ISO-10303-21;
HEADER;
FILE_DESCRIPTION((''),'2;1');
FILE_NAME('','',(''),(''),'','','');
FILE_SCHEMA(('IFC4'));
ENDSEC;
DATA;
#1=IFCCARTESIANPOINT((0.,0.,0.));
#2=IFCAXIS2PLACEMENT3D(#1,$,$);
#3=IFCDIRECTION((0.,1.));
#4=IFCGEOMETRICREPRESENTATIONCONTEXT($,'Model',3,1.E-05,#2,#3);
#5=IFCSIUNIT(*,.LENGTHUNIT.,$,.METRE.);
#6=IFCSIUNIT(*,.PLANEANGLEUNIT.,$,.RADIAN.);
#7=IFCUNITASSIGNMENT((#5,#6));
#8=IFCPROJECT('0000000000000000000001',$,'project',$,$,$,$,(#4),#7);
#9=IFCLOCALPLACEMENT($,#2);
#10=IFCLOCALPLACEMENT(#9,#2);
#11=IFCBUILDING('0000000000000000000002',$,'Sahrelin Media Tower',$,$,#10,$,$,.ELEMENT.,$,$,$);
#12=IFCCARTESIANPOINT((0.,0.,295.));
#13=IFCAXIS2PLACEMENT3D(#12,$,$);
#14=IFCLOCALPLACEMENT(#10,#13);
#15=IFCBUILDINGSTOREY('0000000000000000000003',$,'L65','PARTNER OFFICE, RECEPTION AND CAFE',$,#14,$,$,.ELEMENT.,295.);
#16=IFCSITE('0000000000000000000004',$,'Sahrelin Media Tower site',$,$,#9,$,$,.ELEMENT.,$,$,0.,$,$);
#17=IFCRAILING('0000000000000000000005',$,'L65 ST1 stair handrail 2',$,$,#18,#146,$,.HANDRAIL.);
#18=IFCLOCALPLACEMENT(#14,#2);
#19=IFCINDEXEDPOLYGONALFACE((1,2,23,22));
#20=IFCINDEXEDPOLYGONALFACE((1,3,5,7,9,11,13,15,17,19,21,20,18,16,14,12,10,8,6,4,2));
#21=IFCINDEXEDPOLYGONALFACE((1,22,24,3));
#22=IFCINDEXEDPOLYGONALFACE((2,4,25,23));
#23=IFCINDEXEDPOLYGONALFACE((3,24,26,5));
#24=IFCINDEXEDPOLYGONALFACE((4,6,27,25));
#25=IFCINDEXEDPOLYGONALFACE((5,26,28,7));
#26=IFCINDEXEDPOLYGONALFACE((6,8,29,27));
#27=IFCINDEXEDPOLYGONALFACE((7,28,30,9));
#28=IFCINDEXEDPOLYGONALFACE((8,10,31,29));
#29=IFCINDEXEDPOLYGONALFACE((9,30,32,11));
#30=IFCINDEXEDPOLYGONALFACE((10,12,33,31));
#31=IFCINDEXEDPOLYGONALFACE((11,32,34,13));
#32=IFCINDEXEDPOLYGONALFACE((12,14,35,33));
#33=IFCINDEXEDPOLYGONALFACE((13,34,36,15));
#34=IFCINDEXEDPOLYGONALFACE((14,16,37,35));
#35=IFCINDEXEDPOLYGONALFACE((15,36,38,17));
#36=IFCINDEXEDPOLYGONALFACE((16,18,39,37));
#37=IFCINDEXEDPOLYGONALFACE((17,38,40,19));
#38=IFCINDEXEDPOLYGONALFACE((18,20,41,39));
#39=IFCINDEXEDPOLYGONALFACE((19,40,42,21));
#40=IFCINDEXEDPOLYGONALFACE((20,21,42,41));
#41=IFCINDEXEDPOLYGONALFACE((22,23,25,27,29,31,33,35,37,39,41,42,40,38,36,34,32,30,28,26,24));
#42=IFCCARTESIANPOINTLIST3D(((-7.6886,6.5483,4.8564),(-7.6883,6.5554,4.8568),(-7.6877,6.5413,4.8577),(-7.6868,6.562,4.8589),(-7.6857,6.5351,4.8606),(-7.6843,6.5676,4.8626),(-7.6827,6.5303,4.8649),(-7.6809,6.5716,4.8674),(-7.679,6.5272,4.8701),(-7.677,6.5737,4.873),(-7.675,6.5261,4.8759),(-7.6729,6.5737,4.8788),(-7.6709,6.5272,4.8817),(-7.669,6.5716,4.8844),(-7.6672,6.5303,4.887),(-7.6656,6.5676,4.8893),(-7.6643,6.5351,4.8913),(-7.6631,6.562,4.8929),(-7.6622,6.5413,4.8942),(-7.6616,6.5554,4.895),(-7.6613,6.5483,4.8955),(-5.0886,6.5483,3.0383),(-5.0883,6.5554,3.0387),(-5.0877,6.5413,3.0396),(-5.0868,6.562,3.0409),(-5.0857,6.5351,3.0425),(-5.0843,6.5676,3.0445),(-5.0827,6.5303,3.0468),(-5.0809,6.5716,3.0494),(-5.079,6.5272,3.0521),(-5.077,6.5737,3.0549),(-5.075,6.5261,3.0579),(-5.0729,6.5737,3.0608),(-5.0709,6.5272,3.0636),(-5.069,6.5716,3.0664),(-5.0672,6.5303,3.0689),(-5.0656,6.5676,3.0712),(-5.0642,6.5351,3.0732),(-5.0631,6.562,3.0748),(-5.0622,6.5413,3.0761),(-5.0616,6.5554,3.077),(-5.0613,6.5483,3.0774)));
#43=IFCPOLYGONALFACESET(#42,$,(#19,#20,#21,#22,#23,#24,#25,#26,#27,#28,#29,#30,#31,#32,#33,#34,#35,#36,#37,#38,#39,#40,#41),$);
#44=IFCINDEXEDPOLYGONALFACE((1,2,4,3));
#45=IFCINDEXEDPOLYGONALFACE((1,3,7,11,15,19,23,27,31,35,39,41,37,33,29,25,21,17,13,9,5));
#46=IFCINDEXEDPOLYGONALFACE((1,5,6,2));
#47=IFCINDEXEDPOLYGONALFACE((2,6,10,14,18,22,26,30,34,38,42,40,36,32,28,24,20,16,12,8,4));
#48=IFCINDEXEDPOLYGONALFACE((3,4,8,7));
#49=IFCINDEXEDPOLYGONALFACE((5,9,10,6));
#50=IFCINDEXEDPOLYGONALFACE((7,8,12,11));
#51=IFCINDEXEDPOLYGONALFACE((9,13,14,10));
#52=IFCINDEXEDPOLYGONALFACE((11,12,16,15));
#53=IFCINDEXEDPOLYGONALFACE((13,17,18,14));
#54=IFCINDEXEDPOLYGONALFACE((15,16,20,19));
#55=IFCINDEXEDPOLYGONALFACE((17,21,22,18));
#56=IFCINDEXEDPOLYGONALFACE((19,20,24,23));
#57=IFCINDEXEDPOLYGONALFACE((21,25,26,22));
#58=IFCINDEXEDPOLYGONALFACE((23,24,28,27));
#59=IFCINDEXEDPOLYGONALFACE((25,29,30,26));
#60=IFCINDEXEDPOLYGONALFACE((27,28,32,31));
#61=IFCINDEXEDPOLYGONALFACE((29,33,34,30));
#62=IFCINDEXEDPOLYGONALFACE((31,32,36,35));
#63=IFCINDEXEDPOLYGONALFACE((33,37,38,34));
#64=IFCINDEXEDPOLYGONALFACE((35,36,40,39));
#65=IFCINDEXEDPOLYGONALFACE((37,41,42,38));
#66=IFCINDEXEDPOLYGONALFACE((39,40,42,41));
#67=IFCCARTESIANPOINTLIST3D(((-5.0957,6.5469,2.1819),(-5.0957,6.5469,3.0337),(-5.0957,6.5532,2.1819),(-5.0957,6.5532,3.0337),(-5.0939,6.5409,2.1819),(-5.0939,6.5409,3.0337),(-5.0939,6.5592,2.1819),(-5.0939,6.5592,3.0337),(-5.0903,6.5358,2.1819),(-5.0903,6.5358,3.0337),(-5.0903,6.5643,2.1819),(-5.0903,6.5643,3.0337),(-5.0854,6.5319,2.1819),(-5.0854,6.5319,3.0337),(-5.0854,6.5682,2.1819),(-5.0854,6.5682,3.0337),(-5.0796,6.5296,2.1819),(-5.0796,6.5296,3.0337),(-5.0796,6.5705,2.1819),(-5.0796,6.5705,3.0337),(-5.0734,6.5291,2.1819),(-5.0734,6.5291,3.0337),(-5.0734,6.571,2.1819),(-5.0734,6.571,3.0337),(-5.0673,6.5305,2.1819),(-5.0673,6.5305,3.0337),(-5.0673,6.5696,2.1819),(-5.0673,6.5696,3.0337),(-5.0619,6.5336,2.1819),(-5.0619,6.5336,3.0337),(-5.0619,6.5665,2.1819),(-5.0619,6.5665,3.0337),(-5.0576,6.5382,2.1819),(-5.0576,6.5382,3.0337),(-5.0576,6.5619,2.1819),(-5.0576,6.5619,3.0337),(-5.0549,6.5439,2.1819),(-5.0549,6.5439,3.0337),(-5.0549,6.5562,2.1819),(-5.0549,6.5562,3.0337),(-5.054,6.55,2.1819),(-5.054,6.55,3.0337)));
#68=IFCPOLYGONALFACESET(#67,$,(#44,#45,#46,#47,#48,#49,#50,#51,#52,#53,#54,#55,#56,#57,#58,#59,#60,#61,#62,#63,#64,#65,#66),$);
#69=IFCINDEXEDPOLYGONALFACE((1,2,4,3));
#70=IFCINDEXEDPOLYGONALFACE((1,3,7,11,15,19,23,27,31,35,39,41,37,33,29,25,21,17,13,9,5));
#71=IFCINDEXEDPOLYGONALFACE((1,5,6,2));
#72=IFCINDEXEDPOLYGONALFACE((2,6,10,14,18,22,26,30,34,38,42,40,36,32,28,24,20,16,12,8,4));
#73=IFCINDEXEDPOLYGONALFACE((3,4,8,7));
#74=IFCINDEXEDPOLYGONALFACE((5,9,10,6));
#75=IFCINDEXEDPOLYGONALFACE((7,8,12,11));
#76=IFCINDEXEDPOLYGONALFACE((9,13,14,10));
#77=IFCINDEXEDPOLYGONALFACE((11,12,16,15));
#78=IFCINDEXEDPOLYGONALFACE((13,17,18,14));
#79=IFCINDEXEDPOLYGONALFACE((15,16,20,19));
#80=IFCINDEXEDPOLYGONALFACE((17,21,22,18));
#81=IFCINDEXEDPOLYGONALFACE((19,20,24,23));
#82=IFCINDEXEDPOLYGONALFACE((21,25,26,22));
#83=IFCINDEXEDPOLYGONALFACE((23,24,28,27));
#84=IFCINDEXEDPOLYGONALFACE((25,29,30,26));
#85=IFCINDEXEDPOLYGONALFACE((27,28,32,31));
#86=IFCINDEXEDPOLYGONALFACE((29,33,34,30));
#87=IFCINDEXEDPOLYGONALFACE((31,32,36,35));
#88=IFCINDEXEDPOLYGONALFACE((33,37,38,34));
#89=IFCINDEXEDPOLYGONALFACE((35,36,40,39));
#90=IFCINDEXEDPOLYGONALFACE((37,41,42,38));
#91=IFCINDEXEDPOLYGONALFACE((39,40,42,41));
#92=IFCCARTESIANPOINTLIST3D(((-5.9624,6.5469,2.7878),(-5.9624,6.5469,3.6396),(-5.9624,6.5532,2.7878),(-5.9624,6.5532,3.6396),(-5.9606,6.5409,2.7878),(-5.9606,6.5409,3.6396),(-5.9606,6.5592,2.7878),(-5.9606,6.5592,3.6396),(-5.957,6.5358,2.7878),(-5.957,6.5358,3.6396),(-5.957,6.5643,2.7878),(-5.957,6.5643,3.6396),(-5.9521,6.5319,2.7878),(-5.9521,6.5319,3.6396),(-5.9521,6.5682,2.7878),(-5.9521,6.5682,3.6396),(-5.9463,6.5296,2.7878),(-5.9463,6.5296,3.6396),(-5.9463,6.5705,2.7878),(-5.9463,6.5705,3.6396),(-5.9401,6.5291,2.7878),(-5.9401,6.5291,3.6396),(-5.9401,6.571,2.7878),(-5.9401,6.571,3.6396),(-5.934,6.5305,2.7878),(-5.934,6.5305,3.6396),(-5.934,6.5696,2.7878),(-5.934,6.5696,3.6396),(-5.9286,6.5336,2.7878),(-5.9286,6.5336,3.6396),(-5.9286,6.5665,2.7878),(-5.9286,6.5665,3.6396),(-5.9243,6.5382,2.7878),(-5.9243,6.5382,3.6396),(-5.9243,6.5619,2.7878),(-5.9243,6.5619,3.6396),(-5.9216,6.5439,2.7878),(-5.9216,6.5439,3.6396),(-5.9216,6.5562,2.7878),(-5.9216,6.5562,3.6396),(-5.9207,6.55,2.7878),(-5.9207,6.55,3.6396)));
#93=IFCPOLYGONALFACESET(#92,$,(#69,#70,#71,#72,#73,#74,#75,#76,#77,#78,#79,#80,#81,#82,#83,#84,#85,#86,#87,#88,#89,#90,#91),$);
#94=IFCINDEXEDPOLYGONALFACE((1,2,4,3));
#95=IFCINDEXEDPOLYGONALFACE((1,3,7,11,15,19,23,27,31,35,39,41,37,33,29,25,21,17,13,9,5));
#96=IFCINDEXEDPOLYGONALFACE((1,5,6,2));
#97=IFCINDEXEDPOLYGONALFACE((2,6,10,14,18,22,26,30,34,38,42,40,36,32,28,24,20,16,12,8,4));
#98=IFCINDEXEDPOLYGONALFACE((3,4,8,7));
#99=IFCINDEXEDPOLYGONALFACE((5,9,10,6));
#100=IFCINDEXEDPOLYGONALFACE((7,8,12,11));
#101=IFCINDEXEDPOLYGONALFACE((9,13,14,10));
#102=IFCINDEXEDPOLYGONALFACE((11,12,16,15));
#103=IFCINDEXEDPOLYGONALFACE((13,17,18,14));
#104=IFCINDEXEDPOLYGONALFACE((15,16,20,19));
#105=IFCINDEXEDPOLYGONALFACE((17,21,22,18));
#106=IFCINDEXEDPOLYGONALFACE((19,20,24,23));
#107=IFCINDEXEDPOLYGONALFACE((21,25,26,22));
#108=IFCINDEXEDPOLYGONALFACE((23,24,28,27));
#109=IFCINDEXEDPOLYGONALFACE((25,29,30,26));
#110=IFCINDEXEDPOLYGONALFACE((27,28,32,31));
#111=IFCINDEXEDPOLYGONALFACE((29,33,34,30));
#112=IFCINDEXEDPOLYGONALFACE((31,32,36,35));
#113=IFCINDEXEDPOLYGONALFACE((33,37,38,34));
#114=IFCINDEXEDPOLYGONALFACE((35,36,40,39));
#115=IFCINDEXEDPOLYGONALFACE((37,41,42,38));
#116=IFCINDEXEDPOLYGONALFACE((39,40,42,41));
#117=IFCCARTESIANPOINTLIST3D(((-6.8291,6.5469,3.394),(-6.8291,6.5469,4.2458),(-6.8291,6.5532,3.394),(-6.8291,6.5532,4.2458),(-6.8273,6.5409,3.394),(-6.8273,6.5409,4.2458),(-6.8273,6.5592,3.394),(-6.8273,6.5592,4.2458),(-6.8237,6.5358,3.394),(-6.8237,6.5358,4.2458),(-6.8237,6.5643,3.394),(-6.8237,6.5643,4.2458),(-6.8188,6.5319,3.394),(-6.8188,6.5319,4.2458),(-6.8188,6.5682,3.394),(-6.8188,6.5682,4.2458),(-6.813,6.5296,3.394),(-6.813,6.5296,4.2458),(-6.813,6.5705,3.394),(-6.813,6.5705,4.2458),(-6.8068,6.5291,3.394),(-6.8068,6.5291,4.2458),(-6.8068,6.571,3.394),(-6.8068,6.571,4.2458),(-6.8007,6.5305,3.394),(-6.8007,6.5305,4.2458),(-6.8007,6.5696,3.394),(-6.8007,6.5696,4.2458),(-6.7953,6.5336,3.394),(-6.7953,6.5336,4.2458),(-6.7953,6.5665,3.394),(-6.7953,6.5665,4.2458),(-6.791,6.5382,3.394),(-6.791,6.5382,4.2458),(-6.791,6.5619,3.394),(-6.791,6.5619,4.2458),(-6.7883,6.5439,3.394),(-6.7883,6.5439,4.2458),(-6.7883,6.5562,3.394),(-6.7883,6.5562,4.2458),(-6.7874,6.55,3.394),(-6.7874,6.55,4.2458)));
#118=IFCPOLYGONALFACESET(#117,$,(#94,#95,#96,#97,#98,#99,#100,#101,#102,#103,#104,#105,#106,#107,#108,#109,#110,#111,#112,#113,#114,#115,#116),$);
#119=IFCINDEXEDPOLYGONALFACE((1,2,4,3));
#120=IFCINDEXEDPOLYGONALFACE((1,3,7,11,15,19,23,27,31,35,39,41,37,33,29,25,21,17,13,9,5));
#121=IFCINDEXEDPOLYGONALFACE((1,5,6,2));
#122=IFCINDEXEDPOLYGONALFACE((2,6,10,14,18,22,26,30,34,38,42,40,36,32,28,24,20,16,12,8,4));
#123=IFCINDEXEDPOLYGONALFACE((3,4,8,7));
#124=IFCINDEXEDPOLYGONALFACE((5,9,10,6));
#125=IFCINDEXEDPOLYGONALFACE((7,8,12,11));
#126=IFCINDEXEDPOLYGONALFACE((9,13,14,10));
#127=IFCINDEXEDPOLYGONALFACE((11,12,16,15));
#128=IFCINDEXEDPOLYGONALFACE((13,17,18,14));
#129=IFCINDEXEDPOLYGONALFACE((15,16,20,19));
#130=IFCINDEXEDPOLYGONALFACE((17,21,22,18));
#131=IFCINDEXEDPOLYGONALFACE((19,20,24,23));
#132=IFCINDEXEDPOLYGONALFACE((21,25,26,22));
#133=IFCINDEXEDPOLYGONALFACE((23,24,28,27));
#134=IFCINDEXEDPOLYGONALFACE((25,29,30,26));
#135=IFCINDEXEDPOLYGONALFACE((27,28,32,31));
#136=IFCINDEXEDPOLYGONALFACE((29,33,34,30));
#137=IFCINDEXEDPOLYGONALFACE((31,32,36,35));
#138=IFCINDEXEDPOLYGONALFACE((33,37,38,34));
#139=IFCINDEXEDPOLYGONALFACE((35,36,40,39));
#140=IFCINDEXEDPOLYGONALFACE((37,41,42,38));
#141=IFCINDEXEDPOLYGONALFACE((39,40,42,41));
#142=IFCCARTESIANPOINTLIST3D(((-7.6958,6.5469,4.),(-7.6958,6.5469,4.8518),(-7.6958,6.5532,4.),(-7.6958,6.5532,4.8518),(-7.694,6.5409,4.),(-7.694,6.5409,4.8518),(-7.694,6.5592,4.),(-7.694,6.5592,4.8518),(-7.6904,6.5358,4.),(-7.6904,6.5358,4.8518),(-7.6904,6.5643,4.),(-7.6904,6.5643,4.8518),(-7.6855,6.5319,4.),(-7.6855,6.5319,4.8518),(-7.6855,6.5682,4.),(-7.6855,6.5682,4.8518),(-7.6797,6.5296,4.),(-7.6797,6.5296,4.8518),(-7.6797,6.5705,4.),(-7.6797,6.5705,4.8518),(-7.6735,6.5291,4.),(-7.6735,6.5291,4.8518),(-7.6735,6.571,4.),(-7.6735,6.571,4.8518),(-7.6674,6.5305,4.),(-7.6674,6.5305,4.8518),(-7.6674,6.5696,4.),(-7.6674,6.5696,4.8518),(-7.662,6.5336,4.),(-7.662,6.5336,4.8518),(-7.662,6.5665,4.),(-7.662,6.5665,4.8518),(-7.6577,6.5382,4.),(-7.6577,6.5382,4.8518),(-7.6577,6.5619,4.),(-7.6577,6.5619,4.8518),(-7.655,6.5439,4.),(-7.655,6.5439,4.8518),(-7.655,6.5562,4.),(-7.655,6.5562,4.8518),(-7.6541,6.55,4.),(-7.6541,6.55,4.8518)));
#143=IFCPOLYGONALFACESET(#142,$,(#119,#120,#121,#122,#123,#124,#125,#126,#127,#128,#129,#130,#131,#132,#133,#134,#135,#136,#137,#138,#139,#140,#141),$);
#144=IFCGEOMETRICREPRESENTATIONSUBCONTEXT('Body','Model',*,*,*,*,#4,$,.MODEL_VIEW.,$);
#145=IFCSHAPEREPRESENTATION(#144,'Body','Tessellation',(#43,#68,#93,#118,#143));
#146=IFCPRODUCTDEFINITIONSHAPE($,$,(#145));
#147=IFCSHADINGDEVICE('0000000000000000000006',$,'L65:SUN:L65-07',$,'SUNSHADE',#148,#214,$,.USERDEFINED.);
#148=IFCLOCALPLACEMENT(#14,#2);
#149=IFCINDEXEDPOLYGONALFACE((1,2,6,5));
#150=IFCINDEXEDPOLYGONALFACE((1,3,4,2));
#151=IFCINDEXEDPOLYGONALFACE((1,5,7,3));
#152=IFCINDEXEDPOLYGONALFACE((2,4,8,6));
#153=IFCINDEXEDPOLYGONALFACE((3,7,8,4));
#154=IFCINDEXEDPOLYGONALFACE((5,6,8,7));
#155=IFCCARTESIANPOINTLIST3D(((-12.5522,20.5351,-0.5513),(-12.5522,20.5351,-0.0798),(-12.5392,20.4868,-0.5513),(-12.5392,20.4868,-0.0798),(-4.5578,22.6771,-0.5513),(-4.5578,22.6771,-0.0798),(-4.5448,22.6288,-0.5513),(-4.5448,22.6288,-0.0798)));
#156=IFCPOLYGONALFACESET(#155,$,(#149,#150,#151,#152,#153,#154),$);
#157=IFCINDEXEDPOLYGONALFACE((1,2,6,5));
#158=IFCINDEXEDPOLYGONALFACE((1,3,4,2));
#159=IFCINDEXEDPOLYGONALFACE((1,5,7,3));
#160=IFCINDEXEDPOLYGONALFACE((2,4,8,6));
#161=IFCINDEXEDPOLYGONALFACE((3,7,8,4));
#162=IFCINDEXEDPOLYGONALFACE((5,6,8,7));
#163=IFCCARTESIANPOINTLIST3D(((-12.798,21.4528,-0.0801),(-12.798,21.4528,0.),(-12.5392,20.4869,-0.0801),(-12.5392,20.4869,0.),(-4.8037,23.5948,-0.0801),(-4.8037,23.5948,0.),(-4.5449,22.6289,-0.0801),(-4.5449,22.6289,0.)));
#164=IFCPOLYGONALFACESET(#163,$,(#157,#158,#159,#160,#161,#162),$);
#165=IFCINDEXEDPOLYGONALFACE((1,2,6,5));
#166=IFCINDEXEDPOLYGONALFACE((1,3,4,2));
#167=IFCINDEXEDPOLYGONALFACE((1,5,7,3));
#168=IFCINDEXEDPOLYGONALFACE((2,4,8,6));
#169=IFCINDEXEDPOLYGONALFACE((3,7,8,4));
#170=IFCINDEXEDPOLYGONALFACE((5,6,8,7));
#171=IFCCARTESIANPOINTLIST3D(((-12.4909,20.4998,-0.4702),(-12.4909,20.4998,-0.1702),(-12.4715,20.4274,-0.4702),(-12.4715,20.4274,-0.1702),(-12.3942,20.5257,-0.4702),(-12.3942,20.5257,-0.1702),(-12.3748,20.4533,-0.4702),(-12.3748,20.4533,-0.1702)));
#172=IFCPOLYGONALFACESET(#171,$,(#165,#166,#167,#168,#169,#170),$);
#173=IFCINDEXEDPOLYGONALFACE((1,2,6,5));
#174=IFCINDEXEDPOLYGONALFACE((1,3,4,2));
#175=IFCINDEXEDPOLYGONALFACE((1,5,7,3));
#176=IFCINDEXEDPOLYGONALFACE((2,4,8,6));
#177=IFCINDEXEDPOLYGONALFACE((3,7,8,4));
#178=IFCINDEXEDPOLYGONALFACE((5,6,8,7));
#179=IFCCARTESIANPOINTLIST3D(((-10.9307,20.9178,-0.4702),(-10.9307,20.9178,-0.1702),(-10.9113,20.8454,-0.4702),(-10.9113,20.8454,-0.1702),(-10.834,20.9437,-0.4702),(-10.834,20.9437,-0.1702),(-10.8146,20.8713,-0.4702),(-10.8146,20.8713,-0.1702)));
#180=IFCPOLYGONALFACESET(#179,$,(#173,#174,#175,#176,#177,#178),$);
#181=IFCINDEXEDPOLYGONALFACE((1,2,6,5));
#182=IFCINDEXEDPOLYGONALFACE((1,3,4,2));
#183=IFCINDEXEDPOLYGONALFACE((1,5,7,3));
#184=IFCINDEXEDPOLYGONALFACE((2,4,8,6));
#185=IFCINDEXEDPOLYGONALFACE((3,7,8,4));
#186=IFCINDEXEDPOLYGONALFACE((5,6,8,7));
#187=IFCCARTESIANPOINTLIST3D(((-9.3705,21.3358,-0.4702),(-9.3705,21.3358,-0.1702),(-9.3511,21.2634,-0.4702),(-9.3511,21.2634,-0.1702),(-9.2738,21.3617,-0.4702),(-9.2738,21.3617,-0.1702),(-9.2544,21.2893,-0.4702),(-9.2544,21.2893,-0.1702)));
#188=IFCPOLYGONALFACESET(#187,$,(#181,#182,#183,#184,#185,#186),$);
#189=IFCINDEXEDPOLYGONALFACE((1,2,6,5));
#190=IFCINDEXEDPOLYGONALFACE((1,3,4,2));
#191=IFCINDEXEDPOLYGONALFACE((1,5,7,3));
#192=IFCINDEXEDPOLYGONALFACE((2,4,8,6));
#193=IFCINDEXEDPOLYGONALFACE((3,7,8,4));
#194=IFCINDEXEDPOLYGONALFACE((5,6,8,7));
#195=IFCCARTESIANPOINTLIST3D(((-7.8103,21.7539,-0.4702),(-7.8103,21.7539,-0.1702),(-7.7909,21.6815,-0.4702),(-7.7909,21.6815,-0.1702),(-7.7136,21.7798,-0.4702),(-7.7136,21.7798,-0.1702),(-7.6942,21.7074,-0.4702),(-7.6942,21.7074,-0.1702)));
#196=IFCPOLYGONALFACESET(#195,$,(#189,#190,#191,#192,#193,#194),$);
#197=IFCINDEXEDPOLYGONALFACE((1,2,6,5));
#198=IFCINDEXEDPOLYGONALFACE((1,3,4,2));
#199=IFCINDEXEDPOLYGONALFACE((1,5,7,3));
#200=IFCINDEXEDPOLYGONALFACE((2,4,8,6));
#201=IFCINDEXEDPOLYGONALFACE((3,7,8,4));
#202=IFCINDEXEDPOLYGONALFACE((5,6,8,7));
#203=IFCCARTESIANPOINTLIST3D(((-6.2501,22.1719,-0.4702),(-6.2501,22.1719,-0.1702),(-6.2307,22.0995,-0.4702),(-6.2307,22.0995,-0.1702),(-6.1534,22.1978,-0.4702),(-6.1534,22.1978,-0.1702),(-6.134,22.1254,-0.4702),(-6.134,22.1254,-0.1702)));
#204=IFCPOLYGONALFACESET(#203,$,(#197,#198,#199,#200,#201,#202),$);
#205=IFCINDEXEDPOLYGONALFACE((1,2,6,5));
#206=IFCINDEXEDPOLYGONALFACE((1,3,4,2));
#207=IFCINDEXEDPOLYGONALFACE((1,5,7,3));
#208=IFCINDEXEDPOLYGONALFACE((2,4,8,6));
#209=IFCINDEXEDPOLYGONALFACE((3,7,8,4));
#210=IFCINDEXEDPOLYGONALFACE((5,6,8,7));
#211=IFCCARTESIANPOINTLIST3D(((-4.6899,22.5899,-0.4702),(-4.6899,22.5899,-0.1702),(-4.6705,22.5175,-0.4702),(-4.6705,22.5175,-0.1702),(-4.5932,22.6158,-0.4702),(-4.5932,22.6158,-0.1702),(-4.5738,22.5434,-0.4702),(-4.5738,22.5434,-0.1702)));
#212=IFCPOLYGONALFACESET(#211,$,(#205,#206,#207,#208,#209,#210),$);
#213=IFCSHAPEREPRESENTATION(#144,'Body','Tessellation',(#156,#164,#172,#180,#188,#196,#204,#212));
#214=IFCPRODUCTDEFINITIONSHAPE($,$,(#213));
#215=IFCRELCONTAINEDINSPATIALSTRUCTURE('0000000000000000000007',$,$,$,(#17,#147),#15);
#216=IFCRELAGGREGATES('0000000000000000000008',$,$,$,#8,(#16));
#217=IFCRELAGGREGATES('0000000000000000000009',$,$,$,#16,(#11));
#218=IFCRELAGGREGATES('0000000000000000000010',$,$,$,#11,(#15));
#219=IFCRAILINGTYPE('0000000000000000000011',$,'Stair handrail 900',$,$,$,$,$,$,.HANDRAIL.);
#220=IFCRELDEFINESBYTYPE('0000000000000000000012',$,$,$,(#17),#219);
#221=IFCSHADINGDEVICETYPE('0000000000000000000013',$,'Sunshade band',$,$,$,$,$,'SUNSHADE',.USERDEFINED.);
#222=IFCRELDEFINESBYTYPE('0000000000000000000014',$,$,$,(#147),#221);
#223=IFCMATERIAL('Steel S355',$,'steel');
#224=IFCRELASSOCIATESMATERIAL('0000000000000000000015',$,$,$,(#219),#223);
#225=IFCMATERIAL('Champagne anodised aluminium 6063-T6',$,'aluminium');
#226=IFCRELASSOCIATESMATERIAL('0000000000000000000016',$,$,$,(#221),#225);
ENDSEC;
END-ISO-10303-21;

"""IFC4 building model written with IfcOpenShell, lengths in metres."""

from ifc_helpers import new_model, si_unit, direction, frame, origin, origin_2d, place, context, subcontext, project, spatial, rectangle, circle, extrude, material, type_object, element, save


model = new_model("IFC4")

# Units and contexts
model_context = context("Model", 3, precision=1e-05, world=origin(), true_north=direction((0.0, 1.0)))
body_context = subcontext(model_context, "Body", "Model", "MODEL_VIEW")
ifc_project = project(units=[si_unit("LENGTHUNIT", "METRE"), si_unit("PLANEANGLEUNIT", "RADIAN")], contexts=[model_context])

# Site, building, storey
site_placement = place(None, origin())
site = spatial("IfcSite", under=ifc_project, at=site_placement, Name="Sahrelin Media Tower site", CompositionType="ELEMENT", RefElevation=0.0)
building_placement = place(site_placement, origin())
building = spatial("IfcBuilding", under=site, at=building_placement, Name="Sahrelin Media Tower", CompositionType="ELEMENT")
storey_placement = place(building_placement, frame((0.0, 0.0, 295.0)))
storey = spatial("IfcBuildingStorey", under=building, at=storey_placement, Name="L65", Description="PARTNER OFFICE, RECEPTION AND CAFE", CompositionType="ELEMENT", Elevation=295.0)

# Shared definitions
ifc_material_1 = material(Name="Steel S355", Category="steel")

# Shared definitions
ifc_material_2 = material(Name="Champagne anodised aluminium 6063-T6", Category="aluminium")

# Shared definitions
placement = place(storey_placement, frame((-8.5369, 21.5386, 0.0), z_axis=(0.0, 0.0, 1.0), x_axis=(0.965929, 0.258808, 0.0)))

# Railing
railing_type_1 = type_object("IfcRailingType", Name="Stair handrail 900", PredefinedType="HANDRAIL", material=ifc_material_1)
railing_1_placement = place(storey_placement, frame((-5.075, 6.55, 2.1819)))
element("IfcRailing", 1, at=railing_1_placement, inside=storey, type_object=railing_type_1, Name="L65 ST1 stair handrail 2", PredefinedType="HANDRAIL", context=body_context, shape_type="SweptSolid", body=[
    extrude(circle(Radius=0.0239, at=origin_2d()), frame((0.0, 0.0, 0.876), z_axis=(-0.819521, 0.0, 0.573049), x_axis=(0.0, -1.0, 0.0)), (0.0, 0.0, 1.0), 3.1726),
    extrude(circle(Radius=0.021, at=origin_2d()), origin(), (0.0, 0.0, 1.0), 0.8518),
    extrude(circle(Radius=0.021, at=origin_2d()), frame((-0.8667, 0.0, 0.606)), (0.0, 0.0, 1.0), 0.8518),
    extrude(circle(Radius=0.021, at=origin_2d()), frame((-1.7334, 0.0, 1.2122)), (0.0, 0.0, 1.0), 0.8518),
    extrude(circle(Radius=0.021, at=origin_2d()), frame((-2.6001, 0.0, 1.8181)), (0.0, 0.0, 1.0), 0.8518),
])

# Shading device
shading_device_type_1 = type_object("IfcShadingDeviceType", Name="Sunshade band", ElementType="SUNSHADE", PredefinedType="USERDEFINED", material=ifc_material_2)
element("IfcShadingDevice", 2, at=placement, inside=storey, type_object=shading_device_type_1, Name="L65:SUN:L65-07", ObjectType="SUNSHADE", PredefinedType="USERDEFINED", context=body_context, shape_type="SweptSolid", body=[
    extrude(rectangle(XDim=8.2764, YDim=0.05, at=origin_2d()), frame((0.0, 0.0449, -0.5513)), (0.0, 0.0, 1.0), 0.4714),
    extrude(rectangle(XDim=8.2764, YDim=1.0, at=origin_2d()), frame((0.0, 0.52, -0.0801)), (0.0, 0.0, 1.0), 0.0801),
    extrude(rectangle(XDim=0.1001, YDim=0.075, at=origin_2d()), frame((-4.0381, -0.0176, -0.4702)), (0.0, 0.0, 1.0), 0.3),
    extrude(rectangle(XDim=0.1001, YDim=0.075, at=origin_2d()), frame((-2.4229, -0.0176, -0.4702)), (0.0, 0.0, 1.0), 0.3),
    extrude(rectangle(XDim=0.1001, YDim=0.075, at=origin_2d()), frame((-0.8076, -0.0176, -0.4702)), (0.0, 0.0, 1.0), 0.3),
    extrude(rectangle(XDim=0.1001, YDim=0.075, at=origin_2d()), frame((0.8076, -0.0176, -0.4702)), (0.0, 0.0, 1.0), 0.3),
    extrude(rectangle(XDim=0.1001, YDim=0.075, at=origin_2d()), frame((2.4229, -0.0176, -0.4702)), (0.0, 0.0, 1.0), 0.3),
    extrude(rectangle(XDim=0.1001, YDim=0.075, at=origin_2d()), frame((4.0381, -0.0176, -0.4702)), (0.0, 0.0, 1.0), 0.3),
])

save(model, "model.ifc")
